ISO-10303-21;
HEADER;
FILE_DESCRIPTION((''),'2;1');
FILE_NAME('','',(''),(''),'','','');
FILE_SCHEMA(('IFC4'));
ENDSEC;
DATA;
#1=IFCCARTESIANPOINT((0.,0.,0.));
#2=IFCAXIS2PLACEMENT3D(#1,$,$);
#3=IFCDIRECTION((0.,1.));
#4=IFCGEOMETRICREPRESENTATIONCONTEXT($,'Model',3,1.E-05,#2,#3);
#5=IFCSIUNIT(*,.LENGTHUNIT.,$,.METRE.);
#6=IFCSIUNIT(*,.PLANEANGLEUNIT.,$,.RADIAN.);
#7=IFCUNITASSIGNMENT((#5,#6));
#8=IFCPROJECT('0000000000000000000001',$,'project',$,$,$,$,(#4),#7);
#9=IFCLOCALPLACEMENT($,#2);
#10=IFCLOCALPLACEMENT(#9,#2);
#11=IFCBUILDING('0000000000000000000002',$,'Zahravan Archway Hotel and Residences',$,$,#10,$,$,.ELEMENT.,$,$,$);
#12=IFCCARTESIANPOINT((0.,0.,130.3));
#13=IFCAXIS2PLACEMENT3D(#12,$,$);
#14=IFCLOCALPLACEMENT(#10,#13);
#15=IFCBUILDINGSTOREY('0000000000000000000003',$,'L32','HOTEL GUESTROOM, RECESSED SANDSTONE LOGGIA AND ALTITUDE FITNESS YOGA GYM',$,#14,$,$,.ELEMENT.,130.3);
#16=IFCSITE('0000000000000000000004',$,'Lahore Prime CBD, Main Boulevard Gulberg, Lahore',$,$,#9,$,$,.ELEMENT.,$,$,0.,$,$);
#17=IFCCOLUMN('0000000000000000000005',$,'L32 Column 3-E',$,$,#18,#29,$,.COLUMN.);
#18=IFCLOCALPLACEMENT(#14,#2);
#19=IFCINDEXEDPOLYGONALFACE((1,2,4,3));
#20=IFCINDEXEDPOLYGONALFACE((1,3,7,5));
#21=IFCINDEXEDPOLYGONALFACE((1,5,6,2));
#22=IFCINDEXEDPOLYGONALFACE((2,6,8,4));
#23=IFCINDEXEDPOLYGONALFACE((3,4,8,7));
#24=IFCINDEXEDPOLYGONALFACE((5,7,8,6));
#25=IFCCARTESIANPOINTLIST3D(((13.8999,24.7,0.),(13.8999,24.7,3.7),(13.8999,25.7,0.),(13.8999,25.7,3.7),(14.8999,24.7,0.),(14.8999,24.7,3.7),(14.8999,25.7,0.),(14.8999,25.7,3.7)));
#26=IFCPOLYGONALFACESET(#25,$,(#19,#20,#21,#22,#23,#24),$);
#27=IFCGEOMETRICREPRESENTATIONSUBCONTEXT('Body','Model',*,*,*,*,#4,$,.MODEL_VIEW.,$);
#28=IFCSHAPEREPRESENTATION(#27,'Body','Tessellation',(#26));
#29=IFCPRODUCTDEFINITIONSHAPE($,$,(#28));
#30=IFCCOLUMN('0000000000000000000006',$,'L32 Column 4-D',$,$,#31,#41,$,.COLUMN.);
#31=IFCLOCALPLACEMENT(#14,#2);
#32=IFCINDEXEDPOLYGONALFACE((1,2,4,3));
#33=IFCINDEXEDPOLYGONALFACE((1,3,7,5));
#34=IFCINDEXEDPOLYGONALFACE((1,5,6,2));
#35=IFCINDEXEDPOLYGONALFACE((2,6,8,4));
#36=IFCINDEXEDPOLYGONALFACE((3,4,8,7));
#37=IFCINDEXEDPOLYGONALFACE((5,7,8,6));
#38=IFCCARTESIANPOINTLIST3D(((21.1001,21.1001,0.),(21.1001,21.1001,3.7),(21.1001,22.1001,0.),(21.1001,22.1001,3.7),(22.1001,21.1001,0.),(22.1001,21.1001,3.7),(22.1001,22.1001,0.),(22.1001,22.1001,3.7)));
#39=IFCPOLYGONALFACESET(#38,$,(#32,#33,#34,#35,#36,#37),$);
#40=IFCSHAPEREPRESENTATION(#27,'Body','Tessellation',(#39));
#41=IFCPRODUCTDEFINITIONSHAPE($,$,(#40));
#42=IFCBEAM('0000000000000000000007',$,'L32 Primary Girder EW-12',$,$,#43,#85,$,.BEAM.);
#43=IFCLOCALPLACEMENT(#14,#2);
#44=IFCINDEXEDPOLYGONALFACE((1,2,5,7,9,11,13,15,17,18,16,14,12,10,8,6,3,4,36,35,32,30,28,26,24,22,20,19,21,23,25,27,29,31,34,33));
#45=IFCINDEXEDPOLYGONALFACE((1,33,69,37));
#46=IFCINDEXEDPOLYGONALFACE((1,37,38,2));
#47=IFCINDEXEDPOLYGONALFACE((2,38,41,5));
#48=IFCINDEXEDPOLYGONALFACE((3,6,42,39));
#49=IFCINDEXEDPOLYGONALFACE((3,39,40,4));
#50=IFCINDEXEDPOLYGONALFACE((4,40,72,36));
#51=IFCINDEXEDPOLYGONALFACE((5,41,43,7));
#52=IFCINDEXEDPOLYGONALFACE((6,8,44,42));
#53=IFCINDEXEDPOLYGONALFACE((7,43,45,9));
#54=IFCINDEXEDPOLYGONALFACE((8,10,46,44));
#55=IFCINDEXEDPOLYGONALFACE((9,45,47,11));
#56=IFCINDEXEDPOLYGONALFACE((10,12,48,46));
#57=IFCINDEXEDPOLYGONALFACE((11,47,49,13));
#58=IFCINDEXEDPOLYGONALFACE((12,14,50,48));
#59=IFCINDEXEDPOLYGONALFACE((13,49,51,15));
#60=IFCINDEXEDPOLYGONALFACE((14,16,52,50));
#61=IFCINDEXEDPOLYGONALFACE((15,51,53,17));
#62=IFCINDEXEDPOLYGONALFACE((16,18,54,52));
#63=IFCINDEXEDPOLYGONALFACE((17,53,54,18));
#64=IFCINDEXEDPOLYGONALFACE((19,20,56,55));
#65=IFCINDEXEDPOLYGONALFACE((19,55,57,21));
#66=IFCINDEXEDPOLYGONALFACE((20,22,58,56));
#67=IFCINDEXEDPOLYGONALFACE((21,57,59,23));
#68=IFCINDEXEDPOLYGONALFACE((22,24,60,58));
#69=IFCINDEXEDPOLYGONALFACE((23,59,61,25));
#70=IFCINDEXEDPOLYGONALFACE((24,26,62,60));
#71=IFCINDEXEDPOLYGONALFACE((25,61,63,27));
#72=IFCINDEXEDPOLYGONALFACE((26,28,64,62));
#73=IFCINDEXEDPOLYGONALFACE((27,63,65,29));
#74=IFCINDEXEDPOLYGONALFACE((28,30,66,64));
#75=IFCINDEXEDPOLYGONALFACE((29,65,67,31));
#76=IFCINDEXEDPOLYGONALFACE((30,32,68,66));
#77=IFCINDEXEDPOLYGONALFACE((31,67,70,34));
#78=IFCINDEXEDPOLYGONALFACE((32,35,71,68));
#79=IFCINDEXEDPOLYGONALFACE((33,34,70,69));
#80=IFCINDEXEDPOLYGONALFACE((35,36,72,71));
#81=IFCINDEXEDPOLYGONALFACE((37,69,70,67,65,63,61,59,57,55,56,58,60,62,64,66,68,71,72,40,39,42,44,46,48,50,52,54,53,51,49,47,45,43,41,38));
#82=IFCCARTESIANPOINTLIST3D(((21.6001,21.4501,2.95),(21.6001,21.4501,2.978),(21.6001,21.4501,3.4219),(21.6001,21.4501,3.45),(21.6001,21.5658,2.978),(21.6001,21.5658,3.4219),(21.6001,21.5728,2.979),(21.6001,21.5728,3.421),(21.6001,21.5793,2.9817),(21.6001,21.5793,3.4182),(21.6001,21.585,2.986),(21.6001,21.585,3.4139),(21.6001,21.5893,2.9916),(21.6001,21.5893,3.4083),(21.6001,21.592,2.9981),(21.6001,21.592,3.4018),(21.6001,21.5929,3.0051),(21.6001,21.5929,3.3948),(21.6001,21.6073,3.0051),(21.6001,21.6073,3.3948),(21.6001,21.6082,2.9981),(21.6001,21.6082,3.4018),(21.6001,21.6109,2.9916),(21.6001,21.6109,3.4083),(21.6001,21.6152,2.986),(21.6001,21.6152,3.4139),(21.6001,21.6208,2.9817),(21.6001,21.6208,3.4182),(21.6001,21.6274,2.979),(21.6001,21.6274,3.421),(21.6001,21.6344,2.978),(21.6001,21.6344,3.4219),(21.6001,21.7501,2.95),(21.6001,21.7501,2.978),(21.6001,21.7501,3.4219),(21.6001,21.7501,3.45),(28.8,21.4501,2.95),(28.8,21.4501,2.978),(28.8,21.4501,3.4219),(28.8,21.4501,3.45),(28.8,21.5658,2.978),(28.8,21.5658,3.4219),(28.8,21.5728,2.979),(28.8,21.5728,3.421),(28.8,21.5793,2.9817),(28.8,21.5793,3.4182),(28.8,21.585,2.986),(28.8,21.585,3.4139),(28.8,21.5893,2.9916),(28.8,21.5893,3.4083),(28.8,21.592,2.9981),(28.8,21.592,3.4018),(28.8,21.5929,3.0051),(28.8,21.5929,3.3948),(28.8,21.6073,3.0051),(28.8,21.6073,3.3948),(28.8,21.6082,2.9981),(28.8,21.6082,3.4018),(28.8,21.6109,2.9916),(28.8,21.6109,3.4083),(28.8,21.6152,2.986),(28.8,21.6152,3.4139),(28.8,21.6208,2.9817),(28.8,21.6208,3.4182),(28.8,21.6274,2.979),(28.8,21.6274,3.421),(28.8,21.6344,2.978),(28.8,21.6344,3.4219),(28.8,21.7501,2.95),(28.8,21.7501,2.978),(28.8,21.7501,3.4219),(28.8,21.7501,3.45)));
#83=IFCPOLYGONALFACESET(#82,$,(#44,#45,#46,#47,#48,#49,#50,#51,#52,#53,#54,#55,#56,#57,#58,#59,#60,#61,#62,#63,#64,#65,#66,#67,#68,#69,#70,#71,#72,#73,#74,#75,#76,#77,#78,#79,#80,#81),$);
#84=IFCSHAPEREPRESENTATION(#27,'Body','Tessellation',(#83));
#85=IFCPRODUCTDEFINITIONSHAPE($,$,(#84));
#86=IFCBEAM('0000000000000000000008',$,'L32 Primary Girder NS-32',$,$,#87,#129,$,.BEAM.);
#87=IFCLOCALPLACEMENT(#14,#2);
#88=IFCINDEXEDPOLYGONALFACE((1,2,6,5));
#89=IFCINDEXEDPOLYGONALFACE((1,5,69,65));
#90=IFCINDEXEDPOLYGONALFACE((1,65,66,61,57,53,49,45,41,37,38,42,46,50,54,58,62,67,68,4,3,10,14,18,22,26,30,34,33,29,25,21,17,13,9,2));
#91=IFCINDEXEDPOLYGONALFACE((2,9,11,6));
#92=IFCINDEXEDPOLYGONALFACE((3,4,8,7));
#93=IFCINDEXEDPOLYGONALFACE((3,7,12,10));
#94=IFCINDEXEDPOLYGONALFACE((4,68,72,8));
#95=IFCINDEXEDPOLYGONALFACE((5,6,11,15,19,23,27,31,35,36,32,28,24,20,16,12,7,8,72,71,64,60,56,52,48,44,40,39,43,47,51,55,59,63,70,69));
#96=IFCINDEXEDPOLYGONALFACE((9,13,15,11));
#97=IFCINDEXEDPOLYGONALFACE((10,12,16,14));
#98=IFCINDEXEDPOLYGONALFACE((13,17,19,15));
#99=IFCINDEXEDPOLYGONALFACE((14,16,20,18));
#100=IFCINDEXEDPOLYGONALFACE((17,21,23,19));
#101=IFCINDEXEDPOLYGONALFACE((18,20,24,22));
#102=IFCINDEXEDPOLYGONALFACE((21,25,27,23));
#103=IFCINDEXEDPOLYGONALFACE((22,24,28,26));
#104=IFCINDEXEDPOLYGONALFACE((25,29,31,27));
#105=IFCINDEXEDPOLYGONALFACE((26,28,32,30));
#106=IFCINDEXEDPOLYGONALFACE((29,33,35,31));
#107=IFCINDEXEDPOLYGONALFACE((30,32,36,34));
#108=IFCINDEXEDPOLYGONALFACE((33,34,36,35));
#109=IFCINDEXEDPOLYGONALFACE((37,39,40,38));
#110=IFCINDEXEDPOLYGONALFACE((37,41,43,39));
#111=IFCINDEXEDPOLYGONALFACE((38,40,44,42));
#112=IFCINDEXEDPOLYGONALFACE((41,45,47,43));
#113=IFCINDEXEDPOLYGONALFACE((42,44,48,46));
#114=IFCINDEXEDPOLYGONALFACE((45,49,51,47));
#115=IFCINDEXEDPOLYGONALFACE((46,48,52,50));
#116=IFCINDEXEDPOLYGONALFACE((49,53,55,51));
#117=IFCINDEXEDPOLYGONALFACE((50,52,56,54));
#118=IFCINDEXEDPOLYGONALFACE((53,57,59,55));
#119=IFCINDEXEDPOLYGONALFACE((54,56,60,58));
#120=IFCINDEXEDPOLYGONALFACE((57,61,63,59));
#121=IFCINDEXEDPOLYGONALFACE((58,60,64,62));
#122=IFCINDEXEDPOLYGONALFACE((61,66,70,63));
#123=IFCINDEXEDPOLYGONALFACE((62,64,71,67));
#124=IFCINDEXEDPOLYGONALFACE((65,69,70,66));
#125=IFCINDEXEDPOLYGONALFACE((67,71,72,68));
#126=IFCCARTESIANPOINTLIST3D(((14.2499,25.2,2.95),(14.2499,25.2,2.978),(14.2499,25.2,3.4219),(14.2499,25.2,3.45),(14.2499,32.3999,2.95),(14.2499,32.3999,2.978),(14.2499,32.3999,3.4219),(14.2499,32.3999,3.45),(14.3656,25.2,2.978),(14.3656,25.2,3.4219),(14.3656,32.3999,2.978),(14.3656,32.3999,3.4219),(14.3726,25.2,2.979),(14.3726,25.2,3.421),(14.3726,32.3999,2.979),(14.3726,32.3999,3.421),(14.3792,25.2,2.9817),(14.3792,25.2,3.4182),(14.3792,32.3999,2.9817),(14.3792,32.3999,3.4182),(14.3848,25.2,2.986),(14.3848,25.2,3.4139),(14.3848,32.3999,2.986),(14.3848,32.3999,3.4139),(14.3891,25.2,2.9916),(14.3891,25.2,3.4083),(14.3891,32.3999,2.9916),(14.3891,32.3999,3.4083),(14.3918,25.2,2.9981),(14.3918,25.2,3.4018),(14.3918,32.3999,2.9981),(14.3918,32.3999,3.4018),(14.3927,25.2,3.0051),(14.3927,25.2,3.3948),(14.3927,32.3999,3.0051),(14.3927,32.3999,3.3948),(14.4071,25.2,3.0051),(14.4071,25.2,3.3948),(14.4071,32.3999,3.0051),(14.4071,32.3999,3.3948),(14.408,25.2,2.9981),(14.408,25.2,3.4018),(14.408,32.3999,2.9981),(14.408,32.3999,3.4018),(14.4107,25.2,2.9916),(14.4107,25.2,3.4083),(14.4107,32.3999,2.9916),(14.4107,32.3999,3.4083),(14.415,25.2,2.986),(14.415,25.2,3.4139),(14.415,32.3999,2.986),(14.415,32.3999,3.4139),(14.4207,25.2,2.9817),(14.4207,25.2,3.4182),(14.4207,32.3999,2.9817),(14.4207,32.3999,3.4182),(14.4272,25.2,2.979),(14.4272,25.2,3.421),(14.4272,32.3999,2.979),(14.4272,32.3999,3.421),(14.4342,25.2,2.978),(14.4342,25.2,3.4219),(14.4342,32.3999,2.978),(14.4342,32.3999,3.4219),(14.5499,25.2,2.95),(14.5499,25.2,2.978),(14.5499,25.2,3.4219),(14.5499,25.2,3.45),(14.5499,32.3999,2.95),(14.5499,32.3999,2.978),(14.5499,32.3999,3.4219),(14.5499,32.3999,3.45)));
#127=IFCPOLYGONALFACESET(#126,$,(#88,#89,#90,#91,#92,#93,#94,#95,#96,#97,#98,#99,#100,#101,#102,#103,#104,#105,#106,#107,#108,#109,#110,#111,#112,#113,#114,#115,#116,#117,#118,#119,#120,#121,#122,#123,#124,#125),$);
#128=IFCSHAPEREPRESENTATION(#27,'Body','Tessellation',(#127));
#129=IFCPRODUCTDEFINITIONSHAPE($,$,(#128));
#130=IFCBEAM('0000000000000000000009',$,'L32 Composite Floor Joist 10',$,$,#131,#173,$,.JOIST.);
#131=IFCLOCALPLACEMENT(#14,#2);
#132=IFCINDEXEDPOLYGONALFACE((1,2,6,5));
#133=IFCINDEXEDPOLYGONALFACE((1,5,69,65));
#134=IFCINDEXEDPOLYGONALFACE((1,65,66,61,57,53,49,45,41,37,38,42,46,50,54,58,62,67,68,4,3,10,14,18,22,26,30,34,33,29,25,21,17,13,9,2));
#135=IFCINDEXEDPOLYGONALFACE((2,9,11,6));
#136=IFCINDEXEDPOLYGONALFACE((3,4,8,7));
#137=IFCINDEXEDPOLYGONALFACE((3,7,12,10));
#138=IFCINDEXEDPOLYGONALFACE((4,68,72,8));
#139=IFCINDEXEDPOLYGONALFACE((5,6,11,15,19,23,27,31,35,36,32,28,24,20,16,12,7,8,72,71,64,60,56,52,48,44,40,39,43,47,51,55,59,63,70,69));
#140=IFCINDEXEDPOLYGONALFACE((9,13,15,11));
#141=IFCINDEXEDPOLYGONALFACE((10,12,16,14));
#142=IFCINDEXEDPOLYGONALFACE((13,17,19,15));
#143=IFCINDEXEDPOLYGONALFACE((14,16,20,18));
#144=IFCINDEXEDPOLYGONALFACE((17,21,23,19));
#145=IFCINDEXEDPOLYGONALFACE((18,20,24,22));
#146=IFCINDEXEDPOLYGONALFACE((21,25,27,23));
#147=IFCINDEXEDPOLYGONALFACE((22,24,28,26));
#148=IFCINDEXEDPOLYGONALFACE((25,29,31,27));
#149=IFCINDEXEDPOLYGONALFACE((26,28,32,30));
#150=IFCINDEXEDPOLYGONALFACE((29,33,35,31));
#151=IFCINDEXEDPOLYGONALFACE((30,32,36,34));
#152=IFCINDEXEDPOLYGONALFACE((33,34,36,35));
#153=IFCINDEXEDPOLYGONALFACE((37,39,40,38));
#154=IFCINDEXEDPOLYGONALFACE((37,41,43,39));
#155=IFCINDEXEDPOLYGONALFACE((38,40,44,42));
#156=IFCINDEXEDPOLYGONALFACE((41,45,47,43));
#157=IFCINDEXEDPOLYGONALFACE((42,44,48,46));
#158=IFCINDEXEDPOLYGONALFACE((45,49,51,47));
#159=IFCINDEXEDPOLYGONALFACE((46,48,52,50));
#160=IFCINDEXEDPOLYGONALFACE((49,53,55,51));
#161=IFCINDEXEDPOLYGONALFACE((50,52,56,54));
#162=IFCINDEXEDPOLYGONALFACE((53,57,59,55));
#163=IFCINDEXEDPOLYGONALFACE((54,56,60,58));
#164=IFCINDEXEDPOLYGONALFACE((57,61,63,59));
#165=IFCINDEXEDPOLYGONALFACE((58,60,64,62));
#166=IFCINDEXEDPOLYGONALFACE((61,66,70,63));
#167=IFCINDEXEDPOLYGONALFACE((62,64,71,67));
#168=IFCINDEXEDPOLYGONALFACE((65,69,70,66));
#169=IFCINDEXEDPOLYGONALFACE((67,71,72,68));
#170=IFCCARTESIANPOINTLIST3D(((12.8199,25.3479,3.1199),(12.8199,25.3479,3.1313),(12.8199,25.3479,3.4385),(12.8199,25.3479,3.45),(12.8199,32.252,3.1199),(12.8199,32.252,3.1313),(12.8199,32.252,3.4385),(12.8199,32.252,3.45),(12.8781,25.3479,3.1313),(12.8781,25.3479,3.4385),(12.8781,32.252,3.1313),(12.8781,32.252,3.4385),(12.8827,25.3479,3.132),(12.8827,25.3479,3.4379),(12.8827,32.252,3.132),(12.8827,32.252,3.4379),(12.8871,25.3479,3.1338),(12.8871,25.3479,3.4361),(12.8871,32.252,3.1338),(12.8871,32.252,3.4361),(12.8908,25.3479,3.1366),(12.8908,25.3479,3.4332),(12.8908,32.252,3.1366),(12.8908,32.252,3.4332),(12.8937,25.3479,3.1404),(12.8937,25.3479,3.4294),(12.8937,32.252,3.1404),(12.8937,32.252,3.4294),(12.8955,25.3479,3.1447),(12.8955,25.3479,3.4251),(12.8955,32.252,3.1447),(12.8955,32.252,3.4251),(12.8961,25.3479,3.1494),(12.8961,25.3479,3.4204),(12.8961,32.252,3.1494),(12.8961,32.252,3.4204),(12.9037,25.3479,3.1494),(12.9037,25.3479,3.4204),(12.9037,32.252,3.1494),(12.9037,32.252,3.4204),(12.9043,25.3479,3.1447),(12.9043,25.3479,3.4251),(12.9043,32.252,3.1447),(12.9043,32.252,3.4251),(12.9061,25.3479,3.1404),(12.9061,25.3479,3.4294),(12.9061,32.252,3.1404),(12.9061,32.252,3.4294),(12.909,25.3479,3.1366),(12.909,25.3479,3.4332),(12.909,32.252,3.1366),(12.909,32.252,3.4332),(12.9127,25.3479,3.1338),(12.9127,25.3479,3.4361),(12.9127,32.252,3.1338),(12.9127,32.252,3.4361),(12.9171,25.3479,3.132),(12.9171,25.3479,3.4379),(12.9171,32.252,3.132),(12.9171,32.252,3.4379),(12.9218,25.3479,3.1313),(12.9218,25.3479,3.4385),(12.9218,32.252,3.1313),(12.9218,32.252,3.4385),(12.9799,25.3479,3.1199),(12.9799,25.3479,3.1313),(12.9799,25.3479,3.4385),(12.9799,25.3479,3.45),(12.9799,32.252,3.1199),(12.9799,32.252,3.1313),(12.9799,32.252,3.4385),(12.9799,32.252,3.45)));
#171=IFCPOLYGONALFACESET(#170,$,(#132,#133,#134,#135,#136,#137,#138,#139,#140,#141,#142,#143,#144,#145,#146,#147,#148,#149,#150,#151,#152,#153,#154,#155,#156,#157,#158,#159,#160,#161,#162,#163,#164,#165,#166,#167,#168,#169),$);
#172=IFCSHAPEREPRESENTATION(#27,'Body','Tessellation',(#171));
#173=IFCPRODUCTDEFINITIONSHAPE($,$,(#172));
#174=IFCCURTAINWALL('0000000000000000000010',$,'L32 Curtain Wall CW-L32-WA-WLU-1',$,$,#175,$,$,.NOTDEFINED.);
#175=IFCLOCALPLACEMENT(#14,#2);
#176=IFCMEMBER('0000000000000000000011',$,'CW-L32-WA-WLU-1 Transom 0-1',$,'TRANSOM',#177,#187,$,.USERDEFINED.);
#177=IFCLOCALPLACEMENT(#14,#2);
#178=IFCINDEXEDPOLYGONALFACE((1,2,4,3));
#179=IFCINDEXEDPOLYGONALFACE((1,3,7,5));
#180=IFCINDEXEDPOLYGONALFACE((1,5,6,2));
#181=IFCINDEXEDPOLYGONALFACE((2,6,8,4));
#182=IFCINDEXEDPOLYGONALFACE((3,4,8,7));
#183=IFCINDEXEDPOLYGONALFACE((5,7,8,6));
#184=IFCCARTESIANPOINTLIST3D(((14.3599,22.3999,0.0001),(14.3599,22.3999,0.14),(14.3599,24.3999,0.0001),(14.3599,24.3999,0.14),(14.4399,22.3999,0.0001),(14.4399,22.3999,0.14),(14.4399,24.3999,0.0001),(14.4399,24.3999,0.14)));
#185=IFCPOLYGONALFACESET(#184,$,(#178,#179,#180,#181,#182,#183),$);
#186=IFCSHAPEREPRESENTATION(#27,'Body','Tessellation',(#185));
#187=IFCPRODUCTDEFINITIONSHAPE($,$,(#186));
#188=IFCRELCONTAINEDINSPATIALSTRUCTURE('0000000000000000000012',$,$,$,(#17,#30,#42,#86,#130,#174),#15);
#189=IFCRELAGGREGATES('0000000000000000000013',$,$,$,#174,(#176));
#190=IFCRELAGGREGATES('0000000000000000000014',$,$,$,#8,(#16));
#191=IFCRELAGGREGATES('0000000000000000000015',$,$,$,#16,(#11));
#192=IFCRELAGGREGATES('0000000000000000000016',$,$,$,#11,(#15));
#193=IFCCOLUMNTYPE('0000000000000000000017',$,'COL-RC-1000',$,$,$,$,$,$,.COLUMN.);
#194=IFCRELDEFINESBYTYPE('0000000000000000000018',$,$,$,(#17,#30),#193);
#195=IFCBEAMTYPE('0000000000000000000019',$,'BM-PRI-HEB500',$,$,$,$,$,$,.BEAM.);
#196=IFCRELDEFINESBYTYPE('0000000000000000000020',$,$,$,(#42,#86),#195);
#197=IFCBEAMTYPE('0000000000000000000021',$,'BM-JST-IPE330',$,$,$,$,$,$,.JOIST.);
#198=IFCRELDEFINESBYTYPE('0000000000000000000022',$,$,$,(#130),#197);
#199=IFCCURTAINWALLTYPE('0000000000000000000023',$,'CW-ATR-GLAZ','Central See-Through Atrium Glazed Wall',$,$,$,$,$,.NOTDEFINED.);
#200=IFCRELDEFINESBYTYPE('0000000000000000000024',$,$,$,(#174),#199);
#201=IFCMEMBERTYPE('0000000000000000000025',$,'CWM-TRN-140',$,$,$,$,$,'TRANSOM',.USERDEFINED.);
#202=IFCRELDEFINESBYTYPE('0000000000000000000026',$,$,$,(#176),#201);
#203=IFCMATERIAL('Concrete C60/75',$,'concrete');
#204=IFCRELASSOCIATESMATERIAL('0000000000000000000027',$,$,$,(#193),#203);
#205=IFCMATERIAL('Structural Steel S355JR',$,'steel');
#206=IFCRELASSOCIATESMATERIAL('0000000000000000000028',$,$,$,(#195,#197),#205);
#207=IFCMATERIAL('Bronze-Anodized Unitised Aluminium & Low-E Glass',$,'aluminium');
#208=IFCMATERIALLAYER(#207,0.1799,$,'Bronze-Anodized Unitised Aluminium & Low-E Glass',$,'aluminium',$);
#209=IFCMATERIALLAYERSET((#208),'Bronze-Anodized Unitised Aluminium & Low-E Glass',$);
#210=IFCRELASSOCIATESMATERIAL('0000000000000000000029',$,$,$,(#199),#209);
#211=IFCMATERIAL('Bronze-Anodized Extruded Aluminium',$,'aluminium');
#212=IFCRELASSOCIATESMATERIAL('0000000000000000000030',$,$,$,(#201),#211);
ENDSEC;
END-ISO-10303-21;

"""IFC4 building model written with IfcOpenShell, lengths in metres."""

from ifc_helpers import new_model, si_unit, direction, frame, origin, origin_2d, place, context, subcontext, project, spatial, rectangle, i_section, extrude, source, transform, mapped, material, layer, layer_set, material_profile, profile_set, type_object, type_shapes, element, aggregate, save


model = new_model("IFC4")

# Units and contexts
model_context = context("Model", 3, precision=1e-05, world=origin(), true_north=direction((0.0, 1.0)))
body_context = subcontext(model_context, "Body", "Model", "MODEL_VIEW")
ifc_project = project(units=[si_unit("LENGTHUNIT", "METRE"), si_unit("PLANEANGLEUNIT", "RADIAN")], contexts=[model_context])

# Site, building, storey
site_placement = place(None, origin())
site = spatial("IfcSite", under=ifc_project, at=site_placement, Name="Lahore Prime CBD, Main Boulevard Gulberg, Lahore", CompositionType="ELEMENT", RefElevation=0.0)
building_placement = place(site_placement, origin())
building = spatial("IfcBuilding", under=site, at=building_placement, Name="Zahravan Archway Hotel and Residences", CompositionType="ELEMENT")
storey_placement = place(building_placement, frame((0.0, 0.0, 130.3)))
storey = spatial("IfcBuildingStorey", under=building, at=storey_placement, Name="L32", Description="HOTEL GUESTROOM, RECESSED SANDSTONE LOGGIA AND ALTITUDE FITNESS YOGA GYM", CompositionType="ELEMENT", Elevation=130.3)

# Columns
ifc_material_1 = material(Name="Concrete C60/75", Category="concrete")
ifc_material_profile_1 = material_profile(ifc_material_1, rectangle(XDim=1.0, YDim=1.0, at=origin_2d()), Name="RC-COL-1000x1000", Category="concrete")
ifc_profile_set_1 = profile_set([ifc_material_profile_1], Name="Concrete C60/75")
column_type = type_object("IfcColumnType", Name="COL-RC-1000", PredefinedType="COLUMN", material=ifc_profile_set_1)
shared_shape_1 = source(origin(), body_context, "Body", "SweptSolid", [
    extrude(rectangle(XDim=1.0, YDim=1.0, at=origin_2d()), origin(), (0.0, 0.0, 1.0), 3.7),
])
type_shapes(column_type, [shared_shape_1])
for number, where, z_axis, x_axis, name in (
    (1, (14.3999, 25.2, 0.0), (0.0, 0.0, 1.0), (1.0, 0.0, 0.0), "L32 Column 3-E"),
    (2, (21.6001, 21.6001, 0.0), (0.0, 0.0, 1.0), (1.0, 0.0, 0.0), "L32 Column 4-D"),
):
    element("IfcColumn", number, at=place(storey_placement, frame(where, z_axis=z_axis, x_axis=x_axis)), inside=storey, type_object=column_type, Name=name, PredefinedType="COLUMN", context=body_context, shape_type="MappedRepresentation", body=[
        mapped(shared_shape_1, transform((0.0, 0.0, 0.0), scale=1.0)),
    ])

# Beams
ifc_material_2 = material(Name="Structural Steel S355JR", Category="steel")
ifc_material_profile_2 = material_profile(ifc_material_2, i_section(OverallWidth=0.3, OverallDepth=0.5, WebThickness=0.0144, FlangeThickness=0.0281, FilletRadius=0.0271, at=origin_2d()), Name="HEB 500", Category="steel")
ifc_profile_set_2 = profile_set([ifc_material_profile_2], Name="Structural Steel S355JR")
beam_type_1 = type_object("IfcBeamType", Name="BM-PRI-HEB500", PredefinedType="BEAM", material=ifc_profile_set_2)
shared_shape_2 = source(origin(), body_context, "Body", "SweptSolid", [
    extrude(i_section(OverallWidth=0.3, OverallDepth=0.5, WebThickness=0.0144, FlangeThickness=0.0281, FilletRadius=0.0271, at=origin_2d()), origin(), (0.0, 0.0, 1.0), 7.2),
])
for number, where, z_axis, x_axis, name in (
    (3, (21.6001, 21.6001, 3.2), (1.0, 0.0, 0.0), (0.0, 1.0, 0.0), "L32 Primary Girder EW-12"),
    (4, (14.3999, 25.2, 3.2), (0.0, 1.0, 0.0), (-1.0, 0.0, 0.0), "L32 Primary Girder NS-32"),
):
    element("IfcBeam", number, at=place(storey_placement, frame(where, z_axis=z_axis, x_axis=x_axis)), inside=storey, type_object=beam_type_1, Name=name, PredefinedType="BEAM", context=body_context, shape_type="MappedRepresentation", body=[
        mapped(shared_shape_2, transform((0.0, 0.0, 0.0), scale=1.0)),
    ])
ifc_material_profile_3 = material_profile(ifc_material_2, i_section(OverallWidth=0.1599, OverallDepth=0.3301, WebThickness=0.0076, FlangeThickness=0.0115, FilletRadius=0.0181, at=origin_2d()), Name="IPE 330", Category="steel")
ifc_profile_set_3 = profile_set([ifc_material_profile_3], Name="Structural Steel S355JR")
beam_type_2 = type_object("IfcBeamType", Name="BM-JST-IPE330", PredefinedType="JOIST", material=ifc_profile_set_3)
shared_shape_3 = source(origin(), body_context, "Body", "SweptSolid", [
    extrude(i_section(OverallWidth=0.1599, OverallDepth=0.3301, WebThickness=0.0076, FlangeThickness=0.0115, FilletRadius=0.0181, at=origin_2d()), origin(), (0.0, 0.0, 1.0), 6.9041),
])
type_shapes(beam_type_2, [shared_shape_3])
beam_placement = place(storey_placement, frame((12.8999, 25.3479, 3.2849), z_axis=(0.0, 1.0, 0.0), x_axis=(-1.0, 0.0, 0.0)))
element("IfcBeam", 5, at=beam_placement, inside=storey, type_object=beam_type_2, Name="L32 Composite Floor Joist 10", PredefinedType="JOIST", context=body_context, shape_type="MappedRepresentation", body=[
    mapped(shared_shape_3, transform((0.0, 0.0, 0.0), scale=1.0)),
])

# Curtain wall, member
ifc_material_3 = material(Name="Bronze-Anodized Unitised Aluminium & Low-E Glass", Category="aluminium")
ifc_layer_1 = layer(ifc_material_3, 0.1799, Name="Bronze-Anodized Unitised Aluminium & Low-E Glass", Category="aluminium")
ifc_layer_set_1 = layer_set([ifc_layer_1], Name="Bronze-Anodized Unitised Aluminium & Low-E Glass")
curtain_wall_type = type_object("IfcCurtainWallType", Name="CW-ATR-GLAZ", Description="Central See-Through Atrium Glazed Wall", PredefinedType="NOTDEFINED", material=ifc_layer_set_1)
curtain_wall_1_placement = place(storey_placement, origin())
curtain_wall_1 = element("IfcCurtainWall", 6, at=curtain_wall_1_placement, inside=storey, type_object=curtain_wall_type, Name="L32 Curtain Wall CW-L32-WA-WLU-1", PredefinedType="NOTDEFINED")
ifc_material_4 = material(Name="Bronze-Anodized Extruded Aluminium", Category="aluminium")
ifc_material_profile_4 = material_profile(ifc_material_4, rectangle(XDim=0.0801, YDim=0.1399, at=origin_2d()), Name="TRN 80x140", Category="aluminium")
ifc_profile_set_4 = profile_set([ifc_material_profile_4], Name="Bronze-Anodized Extruded Aluminium")
member_type_1 = type_object("IfcMemberType", Name="CWM-TRN-140", ElementType="TRANSOM", PredefinedType="USERDEFINED", material=ifc_profile_set_4)
shared_shape_4 = source(origin(), body_context, "Body", "SweptSolid", [
    extrude(rectangle(XDim=0.0801, YDim=0.1399, at=origin_2d()), origin(), (0.0, 0.0, 1.0), 2.0),
])
member_1_placement = place(storey_placement, frame((14.3999, 22.3999, 0.0701), z_axis=(0.0, 1.0, 0.0), x_axis=(-1.0, 0.0, 0.0)))
member_1 = element("IfcMember", 7, at=member_1_placement, type_object=member_type_1, Name="CW-L32-WA-WLU-1 Transom 0-1", ObjectType="TRANSOM", PredefinedType="USERDEFINED", context=body_context, shape_type="MappedRepresentation", body=[
    mapped(shared_shape_4, transform((0.0, 0.0, 0.0), scale=1.0)),
])

aggregate(curtain_wall_1, [member_1])

save(model, "model.ifc")
